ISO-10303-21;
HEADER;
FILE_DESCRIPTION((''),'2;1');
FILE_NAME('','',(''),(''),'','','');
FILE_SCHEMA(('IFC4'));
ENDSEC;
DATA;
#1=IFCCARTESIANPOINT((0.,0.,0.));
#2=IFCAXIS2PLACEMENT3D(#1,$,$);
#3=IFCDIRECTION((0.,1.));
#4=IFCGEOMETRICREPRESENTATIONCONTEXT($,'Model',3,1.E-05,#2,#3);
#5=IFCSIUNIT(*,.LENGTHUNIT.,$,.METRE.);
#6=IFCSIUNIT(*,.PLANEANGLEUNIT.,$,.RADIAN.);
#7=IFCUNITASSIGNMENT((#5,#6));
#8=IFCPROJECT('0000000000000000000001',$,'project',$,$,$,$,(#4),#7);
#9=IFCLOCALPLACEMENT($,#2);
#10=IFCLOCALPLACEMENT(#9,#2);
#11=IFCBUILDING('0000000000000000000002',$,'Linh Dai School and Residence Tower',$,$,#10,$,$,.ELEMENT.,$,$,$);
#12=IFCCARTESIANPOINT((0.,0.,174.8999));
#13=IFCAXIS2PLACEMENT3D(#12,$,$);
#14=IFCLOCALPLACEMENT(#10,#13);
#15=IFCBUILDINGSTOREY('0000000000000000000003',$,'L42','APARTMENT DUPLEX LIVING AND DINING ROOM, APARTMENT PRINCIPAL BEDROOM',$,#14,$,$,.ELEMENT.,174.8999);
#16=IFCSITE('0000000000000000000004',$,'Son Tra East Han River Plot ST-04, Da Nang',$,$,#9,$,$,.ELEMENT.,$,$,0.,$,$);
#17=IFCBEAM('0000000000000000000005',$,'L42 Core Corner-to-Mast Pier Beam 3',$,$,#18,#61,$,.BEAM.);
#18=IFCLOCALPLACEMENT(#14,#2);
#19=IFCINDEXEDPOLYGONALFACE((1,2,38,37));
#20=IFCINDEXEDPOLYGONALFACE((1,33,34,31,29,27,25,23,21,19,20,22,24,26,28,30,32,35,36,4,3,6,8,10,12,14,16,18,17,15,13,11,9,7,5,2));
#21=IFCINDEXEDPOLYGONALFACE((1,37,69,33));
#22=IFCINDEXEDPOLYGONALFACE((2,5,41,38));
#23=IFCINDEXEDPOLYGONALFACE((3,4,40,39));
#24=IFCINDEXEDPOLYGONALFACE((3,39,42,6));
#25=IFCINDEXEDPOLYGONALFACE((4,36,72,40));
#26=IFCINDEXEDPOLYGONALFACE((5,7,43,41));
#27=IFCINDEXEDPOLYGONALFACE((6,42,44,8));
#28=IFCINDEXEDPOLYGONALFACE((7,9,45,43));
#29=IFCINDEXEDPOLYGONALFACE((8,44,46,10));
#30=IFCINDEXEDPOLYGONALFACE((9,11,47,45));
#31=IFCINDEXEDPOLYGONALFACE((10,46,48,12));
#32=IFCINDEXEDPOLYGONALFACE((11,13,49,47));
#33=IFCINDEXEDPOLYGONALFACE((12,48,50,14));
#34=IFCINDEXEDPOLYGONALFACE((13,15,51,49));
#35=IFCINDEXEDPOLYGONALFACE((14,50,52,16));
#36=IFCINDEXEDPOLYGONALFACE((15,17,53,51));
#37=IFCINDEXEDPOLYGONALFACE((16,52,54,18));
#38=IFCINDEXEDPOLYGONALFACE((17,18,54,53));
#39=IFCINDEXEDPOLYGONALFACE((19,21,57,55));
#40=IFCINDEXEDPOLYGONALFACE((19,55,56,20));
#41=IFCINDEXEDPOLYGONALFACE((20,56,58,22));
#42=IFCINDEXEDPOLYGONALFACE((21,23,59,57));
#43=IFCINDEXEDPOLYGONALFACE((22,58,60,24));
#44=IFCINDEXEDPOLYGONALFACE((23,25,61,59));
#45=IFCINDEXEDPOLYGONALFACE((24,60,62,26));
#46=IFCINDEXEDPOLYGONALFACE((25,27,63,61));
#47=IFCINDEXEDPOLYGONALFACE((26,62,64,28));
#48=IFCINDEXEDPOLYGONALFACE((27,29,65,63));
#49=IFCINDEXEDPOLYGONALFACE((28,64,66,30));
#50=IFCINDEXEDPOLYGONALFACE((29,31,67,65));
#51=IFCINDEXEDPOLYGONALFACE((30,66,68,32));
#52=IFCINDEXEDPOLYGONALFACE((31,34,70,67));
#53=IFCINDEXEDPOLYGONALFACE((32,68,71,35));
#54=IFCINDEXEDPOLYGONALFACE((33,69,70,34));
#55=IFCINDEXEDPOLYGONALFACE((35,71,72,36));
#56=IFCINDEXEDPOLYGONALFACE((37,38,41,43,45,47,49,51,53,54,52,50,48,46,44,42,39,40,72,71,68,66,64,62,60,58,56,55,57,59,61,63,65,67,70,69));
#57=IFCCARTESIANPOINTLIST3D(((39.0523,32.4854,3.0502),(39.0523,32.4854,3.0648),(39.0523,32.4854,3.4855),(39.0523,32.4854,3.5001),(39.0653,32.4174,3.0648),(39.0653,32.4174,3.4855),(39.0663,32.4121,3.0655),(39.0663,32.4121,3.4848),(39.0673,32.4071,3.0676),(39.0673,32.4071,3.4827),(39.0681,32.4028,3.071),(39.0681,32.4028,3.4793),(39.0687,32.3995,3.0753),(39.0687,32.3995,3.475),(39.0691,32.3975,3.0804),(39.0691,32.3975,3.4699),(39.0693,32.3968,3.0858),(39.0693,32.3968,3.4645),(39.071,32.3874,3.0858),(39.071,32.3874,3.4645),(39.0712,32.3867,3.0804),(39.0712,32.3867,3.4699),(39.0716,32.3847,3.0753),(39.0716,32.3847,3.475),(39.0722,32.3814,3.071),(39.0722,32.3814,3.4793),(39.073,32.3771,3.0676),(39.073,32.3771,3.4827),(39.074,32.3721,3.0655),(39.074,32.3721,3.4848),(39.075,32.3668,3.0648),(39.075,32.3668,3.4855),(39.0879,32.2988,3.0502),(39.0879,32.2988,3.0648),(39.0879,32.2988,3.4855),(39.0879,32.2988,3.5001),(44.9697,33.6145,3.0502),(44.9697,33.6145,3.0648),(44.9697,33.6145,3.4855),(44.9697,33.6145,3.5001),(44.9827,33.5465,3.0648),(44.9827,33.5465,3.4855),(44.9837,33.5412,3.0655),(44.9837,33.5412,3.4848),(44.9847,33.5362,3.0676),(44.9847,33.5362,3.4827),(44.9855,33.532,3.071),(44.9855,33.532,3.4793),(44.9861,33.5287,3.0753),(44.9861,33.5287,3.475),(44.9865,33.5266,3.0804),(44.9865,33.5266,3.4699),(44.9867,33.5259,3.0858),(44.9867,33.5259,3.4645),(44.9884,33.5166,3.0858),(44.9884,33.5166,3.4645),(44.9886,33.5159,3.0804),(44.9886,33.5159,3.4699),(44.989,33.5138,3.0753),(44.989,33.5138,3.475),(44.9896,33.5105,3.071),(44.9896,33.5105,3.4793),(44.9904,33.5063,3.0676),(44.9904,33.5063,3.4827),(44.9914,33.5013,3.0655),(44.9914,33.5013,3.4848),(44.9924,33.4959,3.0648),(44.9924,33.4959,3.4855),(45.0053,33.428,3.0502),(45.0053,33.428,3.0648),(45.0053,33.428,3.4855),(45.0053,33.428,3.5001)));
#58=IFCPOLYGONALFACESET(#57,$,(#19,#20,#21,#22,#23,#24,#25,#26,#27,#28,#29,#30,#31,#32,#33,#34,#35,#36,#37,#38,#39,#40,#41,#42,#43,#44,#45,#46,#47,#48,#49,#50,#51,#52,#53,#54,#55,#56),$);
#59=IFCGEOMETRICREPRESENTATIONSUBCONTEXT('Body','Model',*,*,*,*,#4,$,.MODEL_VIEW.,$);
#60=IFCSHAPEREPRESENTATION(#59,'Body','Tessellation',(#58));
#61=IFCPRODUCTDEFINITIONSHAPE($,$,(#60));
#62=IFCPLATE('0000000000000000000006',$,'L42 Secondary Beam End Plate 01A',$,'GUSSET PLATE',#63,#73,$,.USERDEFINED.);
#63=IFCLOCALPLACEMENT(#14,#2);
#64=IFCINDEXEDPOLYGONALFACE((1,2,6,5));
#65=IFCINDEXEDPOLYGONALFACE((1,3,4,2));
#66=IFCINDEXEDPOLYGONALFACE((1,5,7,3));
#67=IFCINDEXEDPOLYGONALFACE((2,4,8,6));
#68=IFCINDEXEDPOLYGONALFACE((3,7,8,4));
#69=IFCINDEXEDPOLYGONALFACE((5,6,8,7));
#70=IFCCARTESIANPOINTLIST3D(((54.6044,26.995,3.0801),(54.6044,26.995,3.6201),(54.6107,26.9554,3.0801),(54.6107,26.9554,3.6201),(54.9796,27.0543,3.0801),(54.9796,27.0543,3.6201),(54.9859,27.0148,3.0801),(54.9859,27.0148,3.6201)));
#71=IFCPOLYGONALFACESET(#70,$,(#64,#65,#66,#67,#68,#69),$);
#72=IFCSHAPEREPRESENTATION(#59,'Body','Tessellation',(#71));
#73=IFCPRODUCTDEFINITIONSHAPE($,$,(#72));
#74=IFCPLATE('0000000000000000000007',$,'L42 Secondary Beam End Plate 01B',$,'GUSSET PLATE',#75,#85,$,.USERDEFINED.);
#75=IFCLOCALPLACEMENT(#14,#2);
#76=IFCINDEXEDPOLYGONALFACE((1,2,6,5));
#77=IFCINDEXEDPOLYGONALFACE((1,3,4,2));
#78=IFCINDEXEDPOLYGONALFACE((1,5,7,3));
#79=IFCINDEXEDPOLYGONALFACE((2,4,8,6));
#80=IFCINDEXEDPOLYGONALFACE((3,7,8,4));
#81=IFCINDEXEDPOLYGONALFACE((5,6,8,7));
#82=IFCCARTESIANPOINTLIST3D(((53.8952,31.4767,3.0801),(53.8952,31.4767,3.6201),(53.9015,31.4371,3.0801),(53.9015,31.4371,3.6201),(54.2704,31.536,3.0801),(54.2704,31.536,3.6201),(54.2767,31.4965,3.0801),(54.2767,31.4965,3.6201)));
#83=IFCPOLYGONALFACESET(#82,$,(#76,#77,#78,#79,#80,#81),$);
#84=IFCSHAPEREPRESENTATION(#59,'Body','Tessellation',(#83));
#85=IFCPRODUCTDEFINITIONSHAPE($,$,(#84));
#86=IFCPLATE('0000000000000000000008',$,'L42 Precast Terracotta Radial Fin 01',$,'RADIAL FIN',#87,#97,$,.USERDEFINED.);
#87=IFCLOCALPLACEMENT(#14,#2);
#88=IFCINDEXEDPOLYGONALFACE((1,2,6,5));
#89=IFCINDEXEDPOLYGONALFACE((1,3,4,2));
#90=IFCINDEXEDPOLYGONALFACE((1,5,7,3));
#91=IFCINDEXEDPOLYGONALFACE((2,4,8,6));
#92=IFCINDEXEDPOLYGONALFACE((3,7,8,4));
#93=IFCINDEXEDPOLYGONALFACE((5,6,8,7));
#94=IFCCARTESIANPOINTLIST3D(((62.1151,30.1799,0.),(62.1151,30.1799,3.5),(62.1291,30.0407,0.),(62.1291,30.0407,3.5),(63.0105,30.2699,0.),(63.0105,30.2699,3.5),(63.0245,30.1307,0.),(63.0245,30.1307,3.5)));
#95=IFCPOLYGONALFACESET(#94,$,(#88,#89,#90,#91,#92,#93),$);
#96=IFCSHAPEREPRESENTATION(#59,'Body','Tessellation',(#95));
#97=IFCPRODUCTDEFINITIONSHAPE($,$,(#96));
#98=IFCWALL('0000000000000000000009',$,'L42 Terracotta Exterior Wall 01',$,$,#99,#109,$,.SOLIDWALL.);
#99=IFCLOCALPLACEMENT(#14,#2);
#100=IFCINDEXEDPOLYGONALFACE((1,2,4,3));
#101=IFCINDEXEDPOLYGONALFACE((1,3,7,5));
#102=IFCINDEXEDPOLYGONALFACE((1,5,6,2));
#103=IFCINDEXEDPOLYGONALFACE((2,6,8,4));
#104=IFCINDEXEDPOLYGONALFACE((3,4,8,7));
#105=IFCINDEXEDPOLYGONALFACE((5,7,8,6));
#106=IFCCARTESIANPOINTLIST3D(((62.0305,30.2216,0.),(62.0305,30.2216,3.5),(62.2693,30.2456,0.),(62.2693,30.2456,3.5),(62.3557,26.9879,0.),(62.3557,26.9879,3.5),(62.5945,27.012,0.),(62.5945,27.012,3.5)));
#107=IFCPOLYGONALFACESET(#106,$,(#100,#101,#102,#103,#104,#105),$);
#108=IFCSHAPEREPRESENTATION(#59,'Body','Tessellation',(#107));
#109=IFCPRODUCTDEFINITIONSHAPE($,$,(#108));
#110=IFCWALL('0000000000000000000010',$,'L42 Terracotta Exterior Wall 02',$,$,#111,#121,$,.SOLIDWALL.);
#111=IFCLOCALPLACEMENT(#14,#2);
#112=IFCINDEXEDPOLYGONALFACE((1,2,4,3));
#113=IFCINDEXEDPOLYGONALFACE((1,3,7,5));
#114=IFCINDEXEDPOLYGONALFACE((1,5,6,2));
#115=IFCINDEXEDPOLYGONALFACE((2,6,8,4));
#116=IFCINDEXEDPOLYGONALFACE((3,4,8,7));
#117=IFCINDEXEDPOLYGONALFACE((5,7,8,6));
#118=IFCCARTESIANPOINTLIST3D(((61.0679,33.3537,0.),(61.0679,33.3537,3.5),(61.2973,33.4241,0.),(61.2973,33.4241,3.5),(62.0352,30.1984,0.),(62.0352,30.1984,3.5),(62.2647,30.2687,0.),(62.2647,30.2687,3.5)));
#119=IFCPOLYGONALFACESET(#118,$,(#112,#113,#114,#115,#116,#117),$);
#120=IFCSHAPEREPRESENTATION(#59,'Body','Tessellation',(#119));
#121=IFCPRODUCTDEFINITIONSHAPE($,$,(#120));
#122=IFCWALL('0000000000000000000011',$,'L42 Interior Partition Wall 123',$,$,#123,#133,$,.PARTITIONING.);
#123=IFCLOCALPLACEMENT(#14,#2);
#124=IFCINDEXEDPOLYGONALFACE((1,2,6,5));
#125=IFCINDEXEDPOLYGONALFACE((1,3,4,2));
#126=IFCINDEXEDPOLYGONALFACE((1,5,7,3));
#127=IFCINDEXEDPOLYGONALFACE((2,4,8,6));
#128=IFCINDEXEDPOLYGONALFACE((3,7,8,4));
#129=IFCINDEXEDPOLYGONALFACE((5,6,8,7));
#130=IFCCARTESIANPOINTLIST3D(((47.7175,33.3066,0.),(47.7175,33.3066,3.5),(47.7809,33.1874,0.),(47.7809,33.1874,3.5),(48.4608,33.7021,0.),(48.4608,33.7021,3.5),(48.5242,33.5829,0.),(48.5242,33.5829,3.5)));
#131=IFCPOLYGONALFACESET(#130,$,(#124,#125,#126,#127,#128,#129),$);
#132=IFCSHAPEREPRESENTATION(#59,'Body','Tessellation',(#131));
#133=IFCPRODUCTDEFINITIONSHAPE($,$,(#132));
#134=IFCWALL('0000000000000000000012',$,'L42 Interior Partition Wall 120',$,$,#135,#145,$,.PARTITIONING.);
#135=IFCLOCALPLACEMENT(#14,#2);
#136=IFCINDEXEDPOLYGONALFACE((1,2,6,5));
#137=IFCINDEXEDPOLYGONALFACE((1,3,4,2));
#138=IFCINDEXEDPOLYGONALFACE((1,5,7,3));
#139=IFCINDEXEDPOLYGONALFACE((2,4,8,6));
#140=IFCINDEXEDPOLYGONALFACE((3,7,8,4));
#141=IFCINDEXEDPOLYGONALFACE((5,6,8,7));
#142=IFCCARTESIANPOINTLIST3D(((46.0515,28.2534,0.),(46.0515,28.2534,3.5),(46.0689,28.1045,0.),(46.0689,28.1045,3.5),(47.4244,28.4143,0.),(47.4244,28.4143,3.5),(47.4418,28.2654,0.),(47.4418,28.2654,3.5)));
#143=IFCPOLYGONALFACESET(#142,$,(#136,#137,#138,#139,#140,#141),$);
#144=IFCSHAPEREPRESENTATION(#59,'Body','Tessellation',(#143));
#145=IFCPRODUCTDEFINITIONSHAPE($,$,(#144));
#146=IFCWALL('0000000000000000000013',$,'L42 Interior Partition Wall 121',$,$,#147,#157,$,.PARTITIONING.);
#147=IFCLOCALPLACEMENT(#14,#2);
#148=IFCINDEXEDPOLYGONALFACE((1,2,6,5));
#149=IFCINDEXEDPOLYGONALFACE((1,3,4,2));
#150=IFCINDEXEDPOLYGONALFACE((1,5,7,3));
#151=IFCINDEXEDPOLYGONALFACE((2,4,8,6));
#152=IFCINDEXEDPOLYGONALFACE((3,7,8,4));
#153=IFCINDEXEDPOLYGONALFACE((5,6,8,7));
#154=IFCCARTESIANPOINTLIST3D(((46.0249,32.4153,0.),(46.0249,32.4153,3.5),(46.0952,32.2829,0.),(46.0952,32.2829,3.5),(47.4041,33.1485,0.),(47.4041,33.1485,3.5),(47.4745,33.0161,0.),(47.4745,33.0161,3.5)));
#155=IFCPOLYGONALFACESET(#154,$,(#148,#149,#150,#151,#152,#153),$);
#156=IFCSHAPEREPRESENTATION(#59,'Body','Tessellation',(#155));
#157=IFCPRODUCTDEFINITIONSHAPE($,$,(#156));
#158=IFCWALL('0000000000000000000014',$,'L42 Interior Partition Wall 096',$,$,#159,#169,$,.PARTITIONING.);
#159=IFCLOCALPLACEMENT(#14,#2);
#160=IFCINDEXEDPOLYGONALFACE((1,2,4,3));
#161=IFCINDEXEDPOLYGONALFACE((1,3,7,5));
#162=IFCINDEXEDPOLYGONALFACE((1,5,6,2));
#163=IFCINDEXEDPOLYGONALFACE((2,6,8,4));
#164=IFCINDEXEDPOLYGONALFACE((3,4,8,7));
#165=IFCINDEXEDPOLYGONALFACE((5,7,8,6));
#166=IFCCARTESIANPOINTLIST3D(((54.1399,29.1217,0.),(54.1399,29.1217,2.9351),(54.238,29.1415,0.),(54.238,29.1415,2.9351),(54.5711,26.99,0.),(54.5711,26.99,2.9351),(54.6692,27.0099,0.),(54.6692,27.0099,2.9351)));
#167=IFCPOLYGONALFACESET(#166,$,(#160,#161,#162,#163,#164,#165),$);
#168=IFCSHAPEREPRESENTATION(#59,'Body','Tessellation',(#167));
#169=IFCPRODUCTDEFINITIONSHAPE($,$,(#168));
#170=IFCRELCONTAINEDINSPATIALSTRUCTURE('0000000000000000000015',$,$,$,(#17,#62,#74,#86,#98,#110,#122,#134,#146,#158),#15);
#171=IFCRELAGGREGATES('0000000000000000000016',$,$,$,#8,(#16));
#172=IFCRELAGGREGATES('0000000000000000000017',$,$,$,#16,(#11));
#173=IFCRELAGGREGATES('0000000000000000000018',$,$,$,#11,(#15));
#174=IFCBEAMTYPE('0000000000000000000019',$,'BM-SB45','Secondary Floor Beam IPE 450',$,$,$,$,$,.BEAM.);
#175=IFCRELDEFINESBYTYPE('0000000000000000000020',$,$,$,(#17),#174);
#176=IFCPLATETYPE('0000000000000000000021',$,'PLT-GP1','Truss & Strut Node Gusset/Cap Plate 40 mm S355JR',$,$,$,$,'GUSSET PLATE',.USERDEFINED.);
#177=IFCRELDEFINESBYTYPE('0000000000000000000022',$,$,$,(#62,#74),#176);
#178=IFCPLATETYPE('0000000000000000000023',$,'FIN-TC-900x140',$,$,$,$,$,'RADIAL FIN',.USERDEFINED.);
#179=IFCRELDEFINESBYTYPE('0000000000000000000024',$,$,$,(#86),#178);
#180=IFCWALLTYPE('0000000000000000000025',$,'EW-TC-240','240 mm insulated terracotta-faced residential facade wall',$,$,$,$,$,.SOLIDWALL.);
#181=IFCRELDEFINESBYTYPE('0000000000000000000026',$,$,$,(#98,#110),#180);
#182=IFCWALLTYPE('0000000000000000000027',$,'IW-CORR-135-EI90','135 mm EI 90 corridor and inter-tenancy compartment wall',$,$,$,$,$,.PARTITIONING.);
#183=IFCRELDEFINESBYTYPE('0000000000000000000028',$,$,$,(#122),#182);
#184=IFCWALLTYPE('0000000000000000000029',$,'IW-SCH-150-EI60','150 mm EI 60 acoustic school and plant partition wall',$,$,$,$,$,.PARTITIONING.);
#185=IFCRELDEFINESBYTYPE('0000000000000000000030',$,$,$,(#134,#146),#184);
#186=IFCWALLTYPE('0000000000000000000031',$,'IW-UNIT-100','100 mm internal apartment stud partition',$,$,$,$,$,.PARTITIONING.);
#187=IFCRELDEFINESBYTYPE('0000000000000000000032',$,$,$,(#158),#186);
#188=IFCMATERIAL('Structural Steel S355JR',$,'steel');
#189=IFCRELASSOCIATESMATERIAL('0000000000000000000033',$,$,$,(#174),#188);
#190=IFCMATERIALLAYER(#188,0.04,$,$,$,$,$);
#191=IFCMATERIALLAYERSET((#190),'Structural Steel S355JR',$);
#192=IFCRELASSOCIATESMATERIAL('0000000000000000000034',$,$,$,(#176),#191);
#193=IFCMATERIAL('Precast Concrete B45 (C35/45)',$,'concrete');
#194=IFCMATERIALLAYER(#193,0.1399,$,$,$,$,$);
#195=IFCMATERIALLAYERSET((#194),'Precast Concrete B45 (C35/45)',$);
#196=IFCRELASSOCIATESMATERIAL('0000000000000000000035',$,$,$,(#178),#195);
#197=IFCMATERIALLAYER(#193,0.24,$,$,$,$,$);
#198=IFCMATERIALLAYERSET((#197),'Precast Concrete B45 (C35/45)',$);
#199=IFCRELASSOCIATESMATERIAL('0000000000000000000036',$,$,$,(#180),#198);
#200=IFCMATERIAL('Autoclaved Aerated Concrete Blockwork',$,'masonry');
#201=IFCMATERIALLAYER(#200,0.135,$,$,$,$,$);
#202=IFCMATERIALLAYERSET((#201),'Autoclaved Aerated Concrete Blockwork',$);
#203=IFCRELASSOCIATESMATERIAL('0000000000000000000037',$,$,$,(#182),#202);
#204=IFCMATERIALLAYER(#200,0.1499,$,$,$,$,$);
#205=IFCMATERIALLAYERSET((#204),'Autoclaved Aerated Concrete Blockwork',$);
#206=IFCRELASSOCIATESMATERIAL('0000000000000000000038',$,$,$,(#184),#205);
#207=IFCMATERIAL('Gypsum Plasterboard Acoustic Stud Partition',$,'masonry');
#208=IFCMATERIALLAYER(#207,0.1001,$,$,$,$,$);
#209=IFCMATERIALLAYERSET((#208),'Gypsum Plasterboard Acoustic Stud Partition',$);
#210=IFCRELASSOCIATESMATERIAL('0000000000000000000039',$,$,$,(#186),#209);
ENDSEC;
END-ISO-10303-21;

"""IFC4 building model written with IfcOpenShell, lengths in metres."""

from ifc_helpers import new_model, si_unit, direction, frame, frame_2d, origin, origin_2d, place, context, subcontext, project, spatial, rectangle, i_section, extrude, source, transform, mapped, material, layer, layer_set, material_profile, profile_set, type_object, element, save


model = new_model("IFC4")

# Units and contexts
model_context = context("Model", 3, precision=1e-05, world=origin(), true_north=direction((0.0, 1.0)))
body_context = subcontext(model_context, "Body", "Model", "MODEL_VIEW")
ifc_project = project(units=[si_unit("LENGTHUNIT", "METRE"), si_unit("PLANEANGLEUNIT", "RADIAN")], contexts=[model_context])

# Site, building, storey
site_placement = place(None, origin())
site = spatial("IfcSite", under=ifc_project, at=site_placement, Name="Son Tra East Han River Plot ST-04, Da Nang", CompositionType="ELEMENT", RefElevation=0.0)
building_placement = place(site_placement, origin())
building = spatial("IfcBuilding", under=site, at=building_placement, Name="Linh Dai School and Residence Tower", CompositionType="ELEMENT")
storey_placement = place(building_placement, frame((0.0, 0.0, 174.8999)))
storey = spatial("IfcBuildingStorey", under=building, at=storey_placement, Name="L42", Description="APARTMENT DUPLEX LIVING AND DINING ROOM, APARTMENT PRINCIPAL BEDROOM", CompositionType="ELEMENT", Elevation=174.8999)

# Shared definitions
ifc_material_1 = material(Name="Structural Steel S355JR", Category="steel")

# Beam
ifc_material_profile_1 = material_profile(ifc_material_1, i_section(OverallWidth=0.1899, OverallDepth=0.45, WebThickness=0.0095, FlangeThickness=0.0146, FilletRadius=0.021, at=origin_2d()), Name="IPE 450")
ifc_profile_set_1 = profile_set([ifc_material_profile_1], Name="Structural Steel S355JR")
beam_type_1 = type_object("IfcBeamType", Name="BM-SB45", Description="Secondary Floor Beam IPE 450", PredefinedType="BEAM", material=ifc_profile_set_1)
beam_1_placement = place(storey_placement, frame((44.9875, 33.5212, 3.2751), z_axis=(-0.982277, -0.187434, 0.0), x_axis=(0.187434, -0.982277, 0.0)))
element("IfcBeam", 1, at=beam_1_placement, inside=storey, type_object=beam_type_1, Name="L42 Core Corner-to-Mast Pier Beam 3", PredefinedType="BEAM", context=body_context, shape_type="SweptSolid", body=[
    extrude(i_section(OverallWidth=0.1899, OverallDepth=0.45, WebThickness=0.0095, FlangeThickness=0.0146, FilletRadius=0.021, at=origin_2d()), origin(), (0.0, 0.0, 1.0), 6.0242),
])

# Plates
ifc_layer_1 = layer(ifc_material_1, 0.04)
ifc_layer_set_1 = layer_set([ifc_layer_1], Name="Structural Steel S355JR")
plate_type_1 = type_object("IfcPlateType", Name="PLT-GP1", Description="Truss & Strut Node Gusset/Cap Plate 40 mm S355JR", ElementType="GUSSET PLATE", PredefinedType="USERDEFINED", material=ifc_layer_set_1)
shared_shape_1 = source(origin(), body_context, "Body", "SweptSolid", [
    extrude(rectangle(XDim=0.04, YDim=0.3799, at=origin_2d()), origin(), (0.0, 0.0, 1.0), 0.54),
])
for number, where, z_axis, x_axis, name in (
    (2, (54.7952, 27.0049, 3.0801), (0.0, 0.0, 1.0), (-0.156309, 0.987708, 0.0), "L42 Secondary Beam End Plate 01A"),
    (3, (54.0859, 31.4866, 3.0801), (0.0, 0.0, 1.0), (-0.156309, 0.987708, 0.0), "L42 Secondary Beam End Plate 01B"),
):
    element("IfcPlate", number, at=place(storey_placement, frame(where, z_axis=z_axis, x_axis=x_axis)), inside=storey, type_object=plate_type_1, Name=name, ObjectType="GUSSET PLATE", PredefinedType="USERDEFINED", context=body_context, shape_type="MappedRepresentation", body=[
        mapped(shared_shape_1, transform((0.0, 0.0, 0.0), x_axis=(1.0, 0.0, 0.0), y_axis=(0.0, 1.0, 0.0), z_axis=(0.0, 0.0, 1.0), scale=1.0)),
    ])
ifc_material_2 = material(Name="Precast Concrete B45 (C35/45)", Category="concrete")
ifc_layer_2 = layer(ifc_material_2, 0.1399)
ifc_layer_set_2 = layer_set([ifc_layer_2], Name="Precast Concrete B45 (C35/45)")
plate_type_2 = type_object("IfcPlateType", Name="FIN-TC-900x140", ElementType="RADIAL FIN", PredefinedType="USERDEFINED", material=ifc_layer_set_2)
shared_shape_2 = source(origin(), body_context, "Body", "SweptSolid", [
    extrude(rectangle(XDim=0.8999, YDim=0.1399, at=origin_2d()), origin(), (0.0, 0.0, 1.0), 3.5),
])
plate_placement = place(storey_placement, frame((62.5698, 30.1553, 0.0), z_axis=(0.0, 0.0, 1.0), x_axis=(0.994987, 0.100002, 0.0)))
element("IfcPlate", 4, at=plate_placement, inside=storey, type_object=plate_type_2, Name="L42 Precast Terracotta Radial Fin 01", ObjectType="RADIAL FIN", PredefinedType="USERDEFINED", context=body_context, shape_type="MappedRepresentation", body=[
    mapped(shared_shape_2, transform((0.0, 0.0, 0.0), x_axis=(1.0, 0.0, 0.0), y_axis=(0.0, 1.0, 0.0), z_axis=(0.0, 0.0, 1.0), scale=1.0)),
])

# Walls
ifc_layer_3 = layer(ifc_material_2, 0.24)
ifc_layer_set_3 = layer_set([ifc_layer_3], Name="Precast Concrete B45 (C35/45)")
wall_type_1 = type_object("IfcWallType", Name="EW-TC-240", Description="240 mm insulated terracotta-faced residential facade wall", PredefinedType="SOLIDWALL", material=ifc_layer_set_3)
wall_1_placement = place(storey_placement, frame((62.1499, 30.2336, 0.0), z_axis=(0.0, 0.0, 1.0), x_axis=(0.100062, -0.994981, 0.0)))
element("IfcWall", 5, at=wall_1_placement, inside=storey, type_object=wall_type_1, Name="L42 Terracotta Exterior Wall 01", PredefinedType="SOLIDWALL", context=body_context, shape_type="SweptSolid", body=[
    extrude(rectangle(XDim=3.25, YDim=0.24, at=frame_2d((1.625, 0.0))), origin(), (0.0, 0.0, 1.0), 3.5),
])
wall_2_placement = place(storey_placement, frame((61.1826, 33.3889, 0.0), z_axis=(0.0, 0.0, 1.0), x_axis=(0.293098, -0.956082, 0.0)))
element("IfcWall", 6, at=wall_2_placement, inside=storey, type_object=wall_type_1, Name="L42 Terracotta Exterior Wall 02", PredefinedType="SOLIDWALL", context=body_context, shape_type="SweptSolid", body=[
    extrude(rectangle(XDim=3.3003, YDim=0.24, at=frame_2d((1.6501, 0.0))), origin(), (0.0, 0.0, 1.0), 3.5),
])
ifc_material_3 = material(Name="Autoclaved Aerated Concrete Blockwork", Category="masonry")
ifc_layer_4 = layer(ifc_material_3, 0.135)
ifc_layer_set_4 = layer_set([ifc_layer_4], Name="Autoclaved Aerated Concrete Blockwork")
wall_type_2 = type_object("IfcWallType", Name="IW-CORR-135-EI90", Description="135 mm EI 90 corridor and inter-tenancy compartment wall", PredefinedType="PARTITIONING", material=ifc_layer_set_4)
wall_3_placement = place(storey_placement, frame((47.7493, 33.2471, 0.0), z_axis=(0.0, 0.0, 1.0), x_axis=(0.882834, 0.469685, 0.0)))
element("IfcWall", 7, at=wall_3_placement, inside=storey, type_object=wall_type_2, Name="L42 Interior Partition Wall 123", PredefinedType="PARTITIONING", context=body_context, shape_type="SweptSolid", body=[
    extrude(rectangle(XDim=0.842, YDim=0.135, at=frame_2d((0.4209, 0.0))), origin(), (0.0, 0.0, 1.0), 3.5),
])
ifc_layer_5 = layer(ifc_material_3, 0.1499)
ifc_layer_set_5 = layer_set([ifc_layer_5], Name="Autoclaved Aerated Concrete Blockwork")
wall_type_3 = type_object("IfcWallType", Name="IW-SCH-150-EI60", Description="150 mm EI 60 acoustic school and plant partition wall", PredefinedType="PARTITIONING", material=ifc_layer_set_5)
wall_4_placement = place(storey_placement, frame((47.4331, 28.3398, 0.0), z_axis=(0.0, 0.0, 1.0), x_axis=(-0.993205, -0.11638, 0.0)))
element("IfcWall", 8, at=wall_4_placement, inside=storey, type_object=wall_type_3, Name="L42 Interior Partition Wall 120", PredefinedType="PARTITIONING", context=body_context, shape_type="SweptSolid", body=[
    extrude(rectangle(XDim=1.3823, YDim=0.1499, at=frame_2d((0.6912, 0.0))), origin(), (0.0, 0.0, 1.0), 3.5),
])
wall_5_placement = place(storey_placement, frame((46.0601, 32.3491, 0.0), z_axis=(0.0, 0.0, 1.0), x_axis=(0.882988, 0.469395, 0.0)))
element("IfcWall", 9, at=wall_5_placement, inside=storey, type_object=wall_type_3, Name="L42 Interior Partition Wall 121", PredefinedType="PARTITIONING", context=body_context, shape_type="SweptSolid", body=[
    extrude(rectangle(XDim=1.562, YDim=0.1499, at=frame_2d((0.781, 0.0))), origin(), (0.0, 0.0, 1.0), 3.5),
])
ifc_material_4 = material(Name="Gypsum Plasterboard Acoustic Stud Partition", Category="masonry")
ifc_layer_6 = layer(ifc_material_4, 0.1001)
ifc_layer_set_6 = layer_set([ifc_layer_6], Name="Gypsum Plasterboard Acoustic Stud Partition")
wall_type_4 = type_object("IfcWallType", Name="IW-UNIT-100", Description="100 mm internal apartment stud partition", PredefinedType="PARTITIONING", material=ifc_layer_set_6)
wall_6_placement = place(storey_placement, frame((54.189, 29.1316, 0.0), z_axis=(0.0, 0.0, 1.0), x_axis=(0.198253, -0.980151, 0.0)))
element("IfcWall", 10, at=wall_6_placement, inside=storey, type_object=wall_type_4, Name="L42 Interior Partition Wall 096", PredefinedType="PARTITIONING", context=body_context, shape_type="SweptSolid", body=[
    extrude(rectangle(XDim=2.1748, YDim=0.1001, at=frame_2d((1.0874, 0.0))), origin(), (0.0, 0.0, 1.0), 2.9351),
])

save(model, "model.ifc")
